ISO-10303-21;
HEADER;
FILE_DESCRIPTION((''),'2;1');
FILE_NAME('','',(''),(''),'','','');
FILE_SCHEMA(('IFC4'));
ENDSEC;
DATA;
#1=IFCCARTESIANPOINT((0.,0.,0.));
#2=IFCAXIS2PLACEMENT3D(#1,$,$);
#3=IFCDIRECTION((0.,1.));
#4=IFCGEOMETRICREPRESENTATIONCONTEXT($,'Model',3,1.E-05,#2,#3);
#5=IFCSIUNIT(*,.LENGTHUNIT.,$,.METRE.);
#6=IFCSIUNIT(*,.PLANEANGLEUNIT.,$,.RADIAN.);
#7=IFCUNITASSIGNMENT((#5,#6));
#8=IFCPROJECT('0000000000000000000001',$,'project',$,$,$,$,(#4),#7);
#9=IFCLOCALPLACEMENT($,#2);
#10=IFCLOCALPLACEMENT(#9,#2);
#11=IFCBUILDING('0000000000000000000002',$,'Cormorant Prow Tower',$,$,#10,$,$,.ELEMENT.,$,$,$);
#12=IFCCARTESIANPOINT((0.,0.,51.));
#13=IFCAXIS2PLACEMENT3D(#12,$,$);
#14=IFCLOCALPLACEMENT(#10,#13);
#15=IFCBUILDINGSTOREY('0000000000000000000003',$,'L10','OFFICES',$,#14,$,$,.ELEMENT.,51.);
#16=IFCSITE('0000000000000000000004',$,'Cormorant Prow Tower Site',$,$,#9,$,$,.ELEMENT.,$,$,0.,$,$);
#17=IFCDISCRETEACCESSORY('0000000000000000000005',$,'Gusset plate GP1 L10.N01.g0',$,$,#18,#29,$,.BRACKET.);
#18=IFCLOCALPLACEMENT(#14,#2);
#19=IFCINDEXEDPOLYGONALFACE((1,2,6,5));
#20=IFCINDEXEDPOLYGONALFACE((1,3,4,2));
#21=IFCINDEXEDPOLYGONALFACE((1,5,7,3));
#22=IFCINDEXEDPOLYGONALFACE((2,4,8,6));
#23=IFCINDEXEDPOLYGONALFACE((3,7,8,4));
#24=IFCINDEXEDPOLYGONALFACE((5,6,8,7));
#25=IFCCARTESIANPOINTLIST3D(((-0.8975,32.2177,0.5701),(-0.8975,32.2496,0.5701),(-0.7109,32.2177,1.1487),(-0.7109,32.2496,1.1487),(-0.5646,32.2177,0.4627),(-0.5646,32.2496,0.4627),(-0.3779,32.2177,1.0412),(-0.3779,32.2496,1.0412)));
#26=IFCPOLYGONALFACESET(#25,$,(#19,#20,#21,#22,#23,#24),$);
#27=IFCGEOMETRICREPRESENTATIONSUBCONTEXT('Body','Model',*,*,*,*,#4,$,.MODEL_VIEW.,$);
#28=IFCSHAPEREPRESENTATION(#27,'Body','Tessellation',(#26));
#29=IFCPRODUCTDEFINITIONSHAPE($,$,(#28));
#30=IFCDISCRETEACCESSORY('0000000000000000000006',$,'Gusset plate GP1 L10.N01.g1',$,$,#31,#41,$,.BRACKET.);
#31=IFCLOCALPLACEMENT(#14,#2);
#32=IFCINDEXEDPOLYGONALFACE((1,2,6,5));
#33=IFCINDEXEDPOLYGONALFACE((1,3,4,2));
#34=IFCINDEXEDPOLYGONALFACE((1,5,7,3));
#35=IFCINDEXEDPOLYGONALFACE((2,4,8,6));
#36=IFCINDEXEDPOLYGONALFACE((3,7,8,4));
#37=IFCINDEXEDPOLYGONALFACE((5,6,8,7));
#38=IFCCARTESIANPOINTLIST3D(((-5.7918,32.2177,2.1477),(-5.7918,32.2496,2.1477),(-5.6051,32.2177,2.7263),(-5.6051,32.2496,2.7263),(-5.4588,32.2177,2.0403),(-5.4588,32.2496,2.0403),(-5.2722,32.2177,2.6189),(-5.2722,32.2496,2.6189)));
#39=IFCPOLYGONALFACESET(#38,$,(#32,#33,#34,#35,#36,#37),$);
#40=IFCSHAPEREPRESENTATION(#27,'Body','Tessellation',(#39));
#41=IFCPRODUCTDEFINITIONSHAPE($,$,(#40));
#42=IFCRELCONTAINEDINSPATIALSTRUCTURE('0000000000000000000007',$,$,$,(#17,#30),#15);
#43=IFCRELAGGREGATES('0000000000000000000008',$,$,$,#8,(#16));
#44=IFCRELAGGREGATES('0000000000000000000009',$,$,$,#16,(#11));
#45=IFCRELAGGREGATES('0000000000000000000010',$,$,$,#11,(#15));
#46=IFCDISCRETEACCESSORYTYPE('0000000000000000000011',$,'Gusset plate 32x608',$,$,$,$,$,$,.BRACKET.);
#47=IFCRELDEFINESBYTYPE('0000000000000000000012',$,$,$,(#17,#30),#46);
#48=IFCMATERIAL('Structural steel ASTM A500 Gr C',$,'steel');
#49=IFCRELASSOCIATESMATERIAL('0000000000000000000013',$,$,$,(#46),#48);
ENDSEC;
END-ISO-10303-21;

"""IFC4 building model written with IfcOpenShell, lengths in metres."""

from ifc_helpers import new_model, si_unit, direction, frame, origin, origin_2d, place, context, subcontext, project, spatial, rectangle, extrude, material, material_profile, profile_set, type_object, element, save


model = new_model("IFC4")

# Units and contexts
model_context = context("Model", 3, precision=1e-05, world=origin(), true_north=direction((0.0, 1.0)))
body_context = subcontext(model_context, "Body", "Model", "MODEL_VIEW")
ifc_project = project(units=[si_unit("LENGTHUNIT", "METRE"), si_unit("PLANEANGLEUNIT", "RADIAN")], contexts=[model_context])

# Site, building, storey
site_placement = place(None, origin())
site = spatial("IfcSite", under=ifc_project, at=site_placement, Name="Cormorant Prow Tower Site", CompositionType="ELEMENT", RefElevation=0.0)
building_placement = place(site_placement, origin())
building = spatial("IfcBuilding", under=site, at=building_placement, Name="Cormorant Prow Tower", CompositionType="ELEMENT")
storey_placement = place(building_placement, frame((0.0, 0.0, 51.0)))
storey = spatial("IfcBuildingStorey", under=building, at=storey_placement, Name="L10", Description="OFFICES", CompositionType="ELEMENT", Elevation=51.0)

# Discrete accessories
ifc_material_1 = material(Name="Structural steel ASTM A500 Gr C", Category="steel")
ifc_material_profile_1 = material_profile(ifc_material_1, rectangle(XDim=0.032, YDim=0.6079, at=origin_2d()), Name="Gusset plate 32x608")
ifc_profile_set_1 = profile_set([ifc_material_profile_1], Name="Structural steel ASTM A500 Gr C")
discrete_accessory_type = type_object("IfcDiscreteAccessoryType", Name="Gusset plate 32x608", PredefinedType="BRACKET", material=ifc_profile_set_1)
for number, where, z_axis, x_axis, name in (
    (1, (-0.8042, 32.2336, 0.8594), (0.951709, 0.0, -0.307003), (0.0, 1.0, 0.0), "Gusset plate GP1 L10.N01.g0"),
    (2, (-5.3655, 32.2336, 2.3296), (-0.951709, 0.0, 0.307003), (0.0, -1.0, 0.0), "Gusset plate GP1 L10.N01.g1"),
):
    element("IfcDiscreteAccessory", number, at=place(storey_placement, frame(where, z_axis=z_axis, x_axis=x_axis)), inside=storey, type_object=discrete_accessory_type, Name=name, PredefinedType="BRACKET", context=body_context, shape_type="SweptSolid", body=[
        extrude(rectangle(XDim=0.032, YDim=0.6079, at=origin_2d()), origin(), (0.0, 0.0, 1.0), 0.3499),
    ])

save(model, "model.ifc")
